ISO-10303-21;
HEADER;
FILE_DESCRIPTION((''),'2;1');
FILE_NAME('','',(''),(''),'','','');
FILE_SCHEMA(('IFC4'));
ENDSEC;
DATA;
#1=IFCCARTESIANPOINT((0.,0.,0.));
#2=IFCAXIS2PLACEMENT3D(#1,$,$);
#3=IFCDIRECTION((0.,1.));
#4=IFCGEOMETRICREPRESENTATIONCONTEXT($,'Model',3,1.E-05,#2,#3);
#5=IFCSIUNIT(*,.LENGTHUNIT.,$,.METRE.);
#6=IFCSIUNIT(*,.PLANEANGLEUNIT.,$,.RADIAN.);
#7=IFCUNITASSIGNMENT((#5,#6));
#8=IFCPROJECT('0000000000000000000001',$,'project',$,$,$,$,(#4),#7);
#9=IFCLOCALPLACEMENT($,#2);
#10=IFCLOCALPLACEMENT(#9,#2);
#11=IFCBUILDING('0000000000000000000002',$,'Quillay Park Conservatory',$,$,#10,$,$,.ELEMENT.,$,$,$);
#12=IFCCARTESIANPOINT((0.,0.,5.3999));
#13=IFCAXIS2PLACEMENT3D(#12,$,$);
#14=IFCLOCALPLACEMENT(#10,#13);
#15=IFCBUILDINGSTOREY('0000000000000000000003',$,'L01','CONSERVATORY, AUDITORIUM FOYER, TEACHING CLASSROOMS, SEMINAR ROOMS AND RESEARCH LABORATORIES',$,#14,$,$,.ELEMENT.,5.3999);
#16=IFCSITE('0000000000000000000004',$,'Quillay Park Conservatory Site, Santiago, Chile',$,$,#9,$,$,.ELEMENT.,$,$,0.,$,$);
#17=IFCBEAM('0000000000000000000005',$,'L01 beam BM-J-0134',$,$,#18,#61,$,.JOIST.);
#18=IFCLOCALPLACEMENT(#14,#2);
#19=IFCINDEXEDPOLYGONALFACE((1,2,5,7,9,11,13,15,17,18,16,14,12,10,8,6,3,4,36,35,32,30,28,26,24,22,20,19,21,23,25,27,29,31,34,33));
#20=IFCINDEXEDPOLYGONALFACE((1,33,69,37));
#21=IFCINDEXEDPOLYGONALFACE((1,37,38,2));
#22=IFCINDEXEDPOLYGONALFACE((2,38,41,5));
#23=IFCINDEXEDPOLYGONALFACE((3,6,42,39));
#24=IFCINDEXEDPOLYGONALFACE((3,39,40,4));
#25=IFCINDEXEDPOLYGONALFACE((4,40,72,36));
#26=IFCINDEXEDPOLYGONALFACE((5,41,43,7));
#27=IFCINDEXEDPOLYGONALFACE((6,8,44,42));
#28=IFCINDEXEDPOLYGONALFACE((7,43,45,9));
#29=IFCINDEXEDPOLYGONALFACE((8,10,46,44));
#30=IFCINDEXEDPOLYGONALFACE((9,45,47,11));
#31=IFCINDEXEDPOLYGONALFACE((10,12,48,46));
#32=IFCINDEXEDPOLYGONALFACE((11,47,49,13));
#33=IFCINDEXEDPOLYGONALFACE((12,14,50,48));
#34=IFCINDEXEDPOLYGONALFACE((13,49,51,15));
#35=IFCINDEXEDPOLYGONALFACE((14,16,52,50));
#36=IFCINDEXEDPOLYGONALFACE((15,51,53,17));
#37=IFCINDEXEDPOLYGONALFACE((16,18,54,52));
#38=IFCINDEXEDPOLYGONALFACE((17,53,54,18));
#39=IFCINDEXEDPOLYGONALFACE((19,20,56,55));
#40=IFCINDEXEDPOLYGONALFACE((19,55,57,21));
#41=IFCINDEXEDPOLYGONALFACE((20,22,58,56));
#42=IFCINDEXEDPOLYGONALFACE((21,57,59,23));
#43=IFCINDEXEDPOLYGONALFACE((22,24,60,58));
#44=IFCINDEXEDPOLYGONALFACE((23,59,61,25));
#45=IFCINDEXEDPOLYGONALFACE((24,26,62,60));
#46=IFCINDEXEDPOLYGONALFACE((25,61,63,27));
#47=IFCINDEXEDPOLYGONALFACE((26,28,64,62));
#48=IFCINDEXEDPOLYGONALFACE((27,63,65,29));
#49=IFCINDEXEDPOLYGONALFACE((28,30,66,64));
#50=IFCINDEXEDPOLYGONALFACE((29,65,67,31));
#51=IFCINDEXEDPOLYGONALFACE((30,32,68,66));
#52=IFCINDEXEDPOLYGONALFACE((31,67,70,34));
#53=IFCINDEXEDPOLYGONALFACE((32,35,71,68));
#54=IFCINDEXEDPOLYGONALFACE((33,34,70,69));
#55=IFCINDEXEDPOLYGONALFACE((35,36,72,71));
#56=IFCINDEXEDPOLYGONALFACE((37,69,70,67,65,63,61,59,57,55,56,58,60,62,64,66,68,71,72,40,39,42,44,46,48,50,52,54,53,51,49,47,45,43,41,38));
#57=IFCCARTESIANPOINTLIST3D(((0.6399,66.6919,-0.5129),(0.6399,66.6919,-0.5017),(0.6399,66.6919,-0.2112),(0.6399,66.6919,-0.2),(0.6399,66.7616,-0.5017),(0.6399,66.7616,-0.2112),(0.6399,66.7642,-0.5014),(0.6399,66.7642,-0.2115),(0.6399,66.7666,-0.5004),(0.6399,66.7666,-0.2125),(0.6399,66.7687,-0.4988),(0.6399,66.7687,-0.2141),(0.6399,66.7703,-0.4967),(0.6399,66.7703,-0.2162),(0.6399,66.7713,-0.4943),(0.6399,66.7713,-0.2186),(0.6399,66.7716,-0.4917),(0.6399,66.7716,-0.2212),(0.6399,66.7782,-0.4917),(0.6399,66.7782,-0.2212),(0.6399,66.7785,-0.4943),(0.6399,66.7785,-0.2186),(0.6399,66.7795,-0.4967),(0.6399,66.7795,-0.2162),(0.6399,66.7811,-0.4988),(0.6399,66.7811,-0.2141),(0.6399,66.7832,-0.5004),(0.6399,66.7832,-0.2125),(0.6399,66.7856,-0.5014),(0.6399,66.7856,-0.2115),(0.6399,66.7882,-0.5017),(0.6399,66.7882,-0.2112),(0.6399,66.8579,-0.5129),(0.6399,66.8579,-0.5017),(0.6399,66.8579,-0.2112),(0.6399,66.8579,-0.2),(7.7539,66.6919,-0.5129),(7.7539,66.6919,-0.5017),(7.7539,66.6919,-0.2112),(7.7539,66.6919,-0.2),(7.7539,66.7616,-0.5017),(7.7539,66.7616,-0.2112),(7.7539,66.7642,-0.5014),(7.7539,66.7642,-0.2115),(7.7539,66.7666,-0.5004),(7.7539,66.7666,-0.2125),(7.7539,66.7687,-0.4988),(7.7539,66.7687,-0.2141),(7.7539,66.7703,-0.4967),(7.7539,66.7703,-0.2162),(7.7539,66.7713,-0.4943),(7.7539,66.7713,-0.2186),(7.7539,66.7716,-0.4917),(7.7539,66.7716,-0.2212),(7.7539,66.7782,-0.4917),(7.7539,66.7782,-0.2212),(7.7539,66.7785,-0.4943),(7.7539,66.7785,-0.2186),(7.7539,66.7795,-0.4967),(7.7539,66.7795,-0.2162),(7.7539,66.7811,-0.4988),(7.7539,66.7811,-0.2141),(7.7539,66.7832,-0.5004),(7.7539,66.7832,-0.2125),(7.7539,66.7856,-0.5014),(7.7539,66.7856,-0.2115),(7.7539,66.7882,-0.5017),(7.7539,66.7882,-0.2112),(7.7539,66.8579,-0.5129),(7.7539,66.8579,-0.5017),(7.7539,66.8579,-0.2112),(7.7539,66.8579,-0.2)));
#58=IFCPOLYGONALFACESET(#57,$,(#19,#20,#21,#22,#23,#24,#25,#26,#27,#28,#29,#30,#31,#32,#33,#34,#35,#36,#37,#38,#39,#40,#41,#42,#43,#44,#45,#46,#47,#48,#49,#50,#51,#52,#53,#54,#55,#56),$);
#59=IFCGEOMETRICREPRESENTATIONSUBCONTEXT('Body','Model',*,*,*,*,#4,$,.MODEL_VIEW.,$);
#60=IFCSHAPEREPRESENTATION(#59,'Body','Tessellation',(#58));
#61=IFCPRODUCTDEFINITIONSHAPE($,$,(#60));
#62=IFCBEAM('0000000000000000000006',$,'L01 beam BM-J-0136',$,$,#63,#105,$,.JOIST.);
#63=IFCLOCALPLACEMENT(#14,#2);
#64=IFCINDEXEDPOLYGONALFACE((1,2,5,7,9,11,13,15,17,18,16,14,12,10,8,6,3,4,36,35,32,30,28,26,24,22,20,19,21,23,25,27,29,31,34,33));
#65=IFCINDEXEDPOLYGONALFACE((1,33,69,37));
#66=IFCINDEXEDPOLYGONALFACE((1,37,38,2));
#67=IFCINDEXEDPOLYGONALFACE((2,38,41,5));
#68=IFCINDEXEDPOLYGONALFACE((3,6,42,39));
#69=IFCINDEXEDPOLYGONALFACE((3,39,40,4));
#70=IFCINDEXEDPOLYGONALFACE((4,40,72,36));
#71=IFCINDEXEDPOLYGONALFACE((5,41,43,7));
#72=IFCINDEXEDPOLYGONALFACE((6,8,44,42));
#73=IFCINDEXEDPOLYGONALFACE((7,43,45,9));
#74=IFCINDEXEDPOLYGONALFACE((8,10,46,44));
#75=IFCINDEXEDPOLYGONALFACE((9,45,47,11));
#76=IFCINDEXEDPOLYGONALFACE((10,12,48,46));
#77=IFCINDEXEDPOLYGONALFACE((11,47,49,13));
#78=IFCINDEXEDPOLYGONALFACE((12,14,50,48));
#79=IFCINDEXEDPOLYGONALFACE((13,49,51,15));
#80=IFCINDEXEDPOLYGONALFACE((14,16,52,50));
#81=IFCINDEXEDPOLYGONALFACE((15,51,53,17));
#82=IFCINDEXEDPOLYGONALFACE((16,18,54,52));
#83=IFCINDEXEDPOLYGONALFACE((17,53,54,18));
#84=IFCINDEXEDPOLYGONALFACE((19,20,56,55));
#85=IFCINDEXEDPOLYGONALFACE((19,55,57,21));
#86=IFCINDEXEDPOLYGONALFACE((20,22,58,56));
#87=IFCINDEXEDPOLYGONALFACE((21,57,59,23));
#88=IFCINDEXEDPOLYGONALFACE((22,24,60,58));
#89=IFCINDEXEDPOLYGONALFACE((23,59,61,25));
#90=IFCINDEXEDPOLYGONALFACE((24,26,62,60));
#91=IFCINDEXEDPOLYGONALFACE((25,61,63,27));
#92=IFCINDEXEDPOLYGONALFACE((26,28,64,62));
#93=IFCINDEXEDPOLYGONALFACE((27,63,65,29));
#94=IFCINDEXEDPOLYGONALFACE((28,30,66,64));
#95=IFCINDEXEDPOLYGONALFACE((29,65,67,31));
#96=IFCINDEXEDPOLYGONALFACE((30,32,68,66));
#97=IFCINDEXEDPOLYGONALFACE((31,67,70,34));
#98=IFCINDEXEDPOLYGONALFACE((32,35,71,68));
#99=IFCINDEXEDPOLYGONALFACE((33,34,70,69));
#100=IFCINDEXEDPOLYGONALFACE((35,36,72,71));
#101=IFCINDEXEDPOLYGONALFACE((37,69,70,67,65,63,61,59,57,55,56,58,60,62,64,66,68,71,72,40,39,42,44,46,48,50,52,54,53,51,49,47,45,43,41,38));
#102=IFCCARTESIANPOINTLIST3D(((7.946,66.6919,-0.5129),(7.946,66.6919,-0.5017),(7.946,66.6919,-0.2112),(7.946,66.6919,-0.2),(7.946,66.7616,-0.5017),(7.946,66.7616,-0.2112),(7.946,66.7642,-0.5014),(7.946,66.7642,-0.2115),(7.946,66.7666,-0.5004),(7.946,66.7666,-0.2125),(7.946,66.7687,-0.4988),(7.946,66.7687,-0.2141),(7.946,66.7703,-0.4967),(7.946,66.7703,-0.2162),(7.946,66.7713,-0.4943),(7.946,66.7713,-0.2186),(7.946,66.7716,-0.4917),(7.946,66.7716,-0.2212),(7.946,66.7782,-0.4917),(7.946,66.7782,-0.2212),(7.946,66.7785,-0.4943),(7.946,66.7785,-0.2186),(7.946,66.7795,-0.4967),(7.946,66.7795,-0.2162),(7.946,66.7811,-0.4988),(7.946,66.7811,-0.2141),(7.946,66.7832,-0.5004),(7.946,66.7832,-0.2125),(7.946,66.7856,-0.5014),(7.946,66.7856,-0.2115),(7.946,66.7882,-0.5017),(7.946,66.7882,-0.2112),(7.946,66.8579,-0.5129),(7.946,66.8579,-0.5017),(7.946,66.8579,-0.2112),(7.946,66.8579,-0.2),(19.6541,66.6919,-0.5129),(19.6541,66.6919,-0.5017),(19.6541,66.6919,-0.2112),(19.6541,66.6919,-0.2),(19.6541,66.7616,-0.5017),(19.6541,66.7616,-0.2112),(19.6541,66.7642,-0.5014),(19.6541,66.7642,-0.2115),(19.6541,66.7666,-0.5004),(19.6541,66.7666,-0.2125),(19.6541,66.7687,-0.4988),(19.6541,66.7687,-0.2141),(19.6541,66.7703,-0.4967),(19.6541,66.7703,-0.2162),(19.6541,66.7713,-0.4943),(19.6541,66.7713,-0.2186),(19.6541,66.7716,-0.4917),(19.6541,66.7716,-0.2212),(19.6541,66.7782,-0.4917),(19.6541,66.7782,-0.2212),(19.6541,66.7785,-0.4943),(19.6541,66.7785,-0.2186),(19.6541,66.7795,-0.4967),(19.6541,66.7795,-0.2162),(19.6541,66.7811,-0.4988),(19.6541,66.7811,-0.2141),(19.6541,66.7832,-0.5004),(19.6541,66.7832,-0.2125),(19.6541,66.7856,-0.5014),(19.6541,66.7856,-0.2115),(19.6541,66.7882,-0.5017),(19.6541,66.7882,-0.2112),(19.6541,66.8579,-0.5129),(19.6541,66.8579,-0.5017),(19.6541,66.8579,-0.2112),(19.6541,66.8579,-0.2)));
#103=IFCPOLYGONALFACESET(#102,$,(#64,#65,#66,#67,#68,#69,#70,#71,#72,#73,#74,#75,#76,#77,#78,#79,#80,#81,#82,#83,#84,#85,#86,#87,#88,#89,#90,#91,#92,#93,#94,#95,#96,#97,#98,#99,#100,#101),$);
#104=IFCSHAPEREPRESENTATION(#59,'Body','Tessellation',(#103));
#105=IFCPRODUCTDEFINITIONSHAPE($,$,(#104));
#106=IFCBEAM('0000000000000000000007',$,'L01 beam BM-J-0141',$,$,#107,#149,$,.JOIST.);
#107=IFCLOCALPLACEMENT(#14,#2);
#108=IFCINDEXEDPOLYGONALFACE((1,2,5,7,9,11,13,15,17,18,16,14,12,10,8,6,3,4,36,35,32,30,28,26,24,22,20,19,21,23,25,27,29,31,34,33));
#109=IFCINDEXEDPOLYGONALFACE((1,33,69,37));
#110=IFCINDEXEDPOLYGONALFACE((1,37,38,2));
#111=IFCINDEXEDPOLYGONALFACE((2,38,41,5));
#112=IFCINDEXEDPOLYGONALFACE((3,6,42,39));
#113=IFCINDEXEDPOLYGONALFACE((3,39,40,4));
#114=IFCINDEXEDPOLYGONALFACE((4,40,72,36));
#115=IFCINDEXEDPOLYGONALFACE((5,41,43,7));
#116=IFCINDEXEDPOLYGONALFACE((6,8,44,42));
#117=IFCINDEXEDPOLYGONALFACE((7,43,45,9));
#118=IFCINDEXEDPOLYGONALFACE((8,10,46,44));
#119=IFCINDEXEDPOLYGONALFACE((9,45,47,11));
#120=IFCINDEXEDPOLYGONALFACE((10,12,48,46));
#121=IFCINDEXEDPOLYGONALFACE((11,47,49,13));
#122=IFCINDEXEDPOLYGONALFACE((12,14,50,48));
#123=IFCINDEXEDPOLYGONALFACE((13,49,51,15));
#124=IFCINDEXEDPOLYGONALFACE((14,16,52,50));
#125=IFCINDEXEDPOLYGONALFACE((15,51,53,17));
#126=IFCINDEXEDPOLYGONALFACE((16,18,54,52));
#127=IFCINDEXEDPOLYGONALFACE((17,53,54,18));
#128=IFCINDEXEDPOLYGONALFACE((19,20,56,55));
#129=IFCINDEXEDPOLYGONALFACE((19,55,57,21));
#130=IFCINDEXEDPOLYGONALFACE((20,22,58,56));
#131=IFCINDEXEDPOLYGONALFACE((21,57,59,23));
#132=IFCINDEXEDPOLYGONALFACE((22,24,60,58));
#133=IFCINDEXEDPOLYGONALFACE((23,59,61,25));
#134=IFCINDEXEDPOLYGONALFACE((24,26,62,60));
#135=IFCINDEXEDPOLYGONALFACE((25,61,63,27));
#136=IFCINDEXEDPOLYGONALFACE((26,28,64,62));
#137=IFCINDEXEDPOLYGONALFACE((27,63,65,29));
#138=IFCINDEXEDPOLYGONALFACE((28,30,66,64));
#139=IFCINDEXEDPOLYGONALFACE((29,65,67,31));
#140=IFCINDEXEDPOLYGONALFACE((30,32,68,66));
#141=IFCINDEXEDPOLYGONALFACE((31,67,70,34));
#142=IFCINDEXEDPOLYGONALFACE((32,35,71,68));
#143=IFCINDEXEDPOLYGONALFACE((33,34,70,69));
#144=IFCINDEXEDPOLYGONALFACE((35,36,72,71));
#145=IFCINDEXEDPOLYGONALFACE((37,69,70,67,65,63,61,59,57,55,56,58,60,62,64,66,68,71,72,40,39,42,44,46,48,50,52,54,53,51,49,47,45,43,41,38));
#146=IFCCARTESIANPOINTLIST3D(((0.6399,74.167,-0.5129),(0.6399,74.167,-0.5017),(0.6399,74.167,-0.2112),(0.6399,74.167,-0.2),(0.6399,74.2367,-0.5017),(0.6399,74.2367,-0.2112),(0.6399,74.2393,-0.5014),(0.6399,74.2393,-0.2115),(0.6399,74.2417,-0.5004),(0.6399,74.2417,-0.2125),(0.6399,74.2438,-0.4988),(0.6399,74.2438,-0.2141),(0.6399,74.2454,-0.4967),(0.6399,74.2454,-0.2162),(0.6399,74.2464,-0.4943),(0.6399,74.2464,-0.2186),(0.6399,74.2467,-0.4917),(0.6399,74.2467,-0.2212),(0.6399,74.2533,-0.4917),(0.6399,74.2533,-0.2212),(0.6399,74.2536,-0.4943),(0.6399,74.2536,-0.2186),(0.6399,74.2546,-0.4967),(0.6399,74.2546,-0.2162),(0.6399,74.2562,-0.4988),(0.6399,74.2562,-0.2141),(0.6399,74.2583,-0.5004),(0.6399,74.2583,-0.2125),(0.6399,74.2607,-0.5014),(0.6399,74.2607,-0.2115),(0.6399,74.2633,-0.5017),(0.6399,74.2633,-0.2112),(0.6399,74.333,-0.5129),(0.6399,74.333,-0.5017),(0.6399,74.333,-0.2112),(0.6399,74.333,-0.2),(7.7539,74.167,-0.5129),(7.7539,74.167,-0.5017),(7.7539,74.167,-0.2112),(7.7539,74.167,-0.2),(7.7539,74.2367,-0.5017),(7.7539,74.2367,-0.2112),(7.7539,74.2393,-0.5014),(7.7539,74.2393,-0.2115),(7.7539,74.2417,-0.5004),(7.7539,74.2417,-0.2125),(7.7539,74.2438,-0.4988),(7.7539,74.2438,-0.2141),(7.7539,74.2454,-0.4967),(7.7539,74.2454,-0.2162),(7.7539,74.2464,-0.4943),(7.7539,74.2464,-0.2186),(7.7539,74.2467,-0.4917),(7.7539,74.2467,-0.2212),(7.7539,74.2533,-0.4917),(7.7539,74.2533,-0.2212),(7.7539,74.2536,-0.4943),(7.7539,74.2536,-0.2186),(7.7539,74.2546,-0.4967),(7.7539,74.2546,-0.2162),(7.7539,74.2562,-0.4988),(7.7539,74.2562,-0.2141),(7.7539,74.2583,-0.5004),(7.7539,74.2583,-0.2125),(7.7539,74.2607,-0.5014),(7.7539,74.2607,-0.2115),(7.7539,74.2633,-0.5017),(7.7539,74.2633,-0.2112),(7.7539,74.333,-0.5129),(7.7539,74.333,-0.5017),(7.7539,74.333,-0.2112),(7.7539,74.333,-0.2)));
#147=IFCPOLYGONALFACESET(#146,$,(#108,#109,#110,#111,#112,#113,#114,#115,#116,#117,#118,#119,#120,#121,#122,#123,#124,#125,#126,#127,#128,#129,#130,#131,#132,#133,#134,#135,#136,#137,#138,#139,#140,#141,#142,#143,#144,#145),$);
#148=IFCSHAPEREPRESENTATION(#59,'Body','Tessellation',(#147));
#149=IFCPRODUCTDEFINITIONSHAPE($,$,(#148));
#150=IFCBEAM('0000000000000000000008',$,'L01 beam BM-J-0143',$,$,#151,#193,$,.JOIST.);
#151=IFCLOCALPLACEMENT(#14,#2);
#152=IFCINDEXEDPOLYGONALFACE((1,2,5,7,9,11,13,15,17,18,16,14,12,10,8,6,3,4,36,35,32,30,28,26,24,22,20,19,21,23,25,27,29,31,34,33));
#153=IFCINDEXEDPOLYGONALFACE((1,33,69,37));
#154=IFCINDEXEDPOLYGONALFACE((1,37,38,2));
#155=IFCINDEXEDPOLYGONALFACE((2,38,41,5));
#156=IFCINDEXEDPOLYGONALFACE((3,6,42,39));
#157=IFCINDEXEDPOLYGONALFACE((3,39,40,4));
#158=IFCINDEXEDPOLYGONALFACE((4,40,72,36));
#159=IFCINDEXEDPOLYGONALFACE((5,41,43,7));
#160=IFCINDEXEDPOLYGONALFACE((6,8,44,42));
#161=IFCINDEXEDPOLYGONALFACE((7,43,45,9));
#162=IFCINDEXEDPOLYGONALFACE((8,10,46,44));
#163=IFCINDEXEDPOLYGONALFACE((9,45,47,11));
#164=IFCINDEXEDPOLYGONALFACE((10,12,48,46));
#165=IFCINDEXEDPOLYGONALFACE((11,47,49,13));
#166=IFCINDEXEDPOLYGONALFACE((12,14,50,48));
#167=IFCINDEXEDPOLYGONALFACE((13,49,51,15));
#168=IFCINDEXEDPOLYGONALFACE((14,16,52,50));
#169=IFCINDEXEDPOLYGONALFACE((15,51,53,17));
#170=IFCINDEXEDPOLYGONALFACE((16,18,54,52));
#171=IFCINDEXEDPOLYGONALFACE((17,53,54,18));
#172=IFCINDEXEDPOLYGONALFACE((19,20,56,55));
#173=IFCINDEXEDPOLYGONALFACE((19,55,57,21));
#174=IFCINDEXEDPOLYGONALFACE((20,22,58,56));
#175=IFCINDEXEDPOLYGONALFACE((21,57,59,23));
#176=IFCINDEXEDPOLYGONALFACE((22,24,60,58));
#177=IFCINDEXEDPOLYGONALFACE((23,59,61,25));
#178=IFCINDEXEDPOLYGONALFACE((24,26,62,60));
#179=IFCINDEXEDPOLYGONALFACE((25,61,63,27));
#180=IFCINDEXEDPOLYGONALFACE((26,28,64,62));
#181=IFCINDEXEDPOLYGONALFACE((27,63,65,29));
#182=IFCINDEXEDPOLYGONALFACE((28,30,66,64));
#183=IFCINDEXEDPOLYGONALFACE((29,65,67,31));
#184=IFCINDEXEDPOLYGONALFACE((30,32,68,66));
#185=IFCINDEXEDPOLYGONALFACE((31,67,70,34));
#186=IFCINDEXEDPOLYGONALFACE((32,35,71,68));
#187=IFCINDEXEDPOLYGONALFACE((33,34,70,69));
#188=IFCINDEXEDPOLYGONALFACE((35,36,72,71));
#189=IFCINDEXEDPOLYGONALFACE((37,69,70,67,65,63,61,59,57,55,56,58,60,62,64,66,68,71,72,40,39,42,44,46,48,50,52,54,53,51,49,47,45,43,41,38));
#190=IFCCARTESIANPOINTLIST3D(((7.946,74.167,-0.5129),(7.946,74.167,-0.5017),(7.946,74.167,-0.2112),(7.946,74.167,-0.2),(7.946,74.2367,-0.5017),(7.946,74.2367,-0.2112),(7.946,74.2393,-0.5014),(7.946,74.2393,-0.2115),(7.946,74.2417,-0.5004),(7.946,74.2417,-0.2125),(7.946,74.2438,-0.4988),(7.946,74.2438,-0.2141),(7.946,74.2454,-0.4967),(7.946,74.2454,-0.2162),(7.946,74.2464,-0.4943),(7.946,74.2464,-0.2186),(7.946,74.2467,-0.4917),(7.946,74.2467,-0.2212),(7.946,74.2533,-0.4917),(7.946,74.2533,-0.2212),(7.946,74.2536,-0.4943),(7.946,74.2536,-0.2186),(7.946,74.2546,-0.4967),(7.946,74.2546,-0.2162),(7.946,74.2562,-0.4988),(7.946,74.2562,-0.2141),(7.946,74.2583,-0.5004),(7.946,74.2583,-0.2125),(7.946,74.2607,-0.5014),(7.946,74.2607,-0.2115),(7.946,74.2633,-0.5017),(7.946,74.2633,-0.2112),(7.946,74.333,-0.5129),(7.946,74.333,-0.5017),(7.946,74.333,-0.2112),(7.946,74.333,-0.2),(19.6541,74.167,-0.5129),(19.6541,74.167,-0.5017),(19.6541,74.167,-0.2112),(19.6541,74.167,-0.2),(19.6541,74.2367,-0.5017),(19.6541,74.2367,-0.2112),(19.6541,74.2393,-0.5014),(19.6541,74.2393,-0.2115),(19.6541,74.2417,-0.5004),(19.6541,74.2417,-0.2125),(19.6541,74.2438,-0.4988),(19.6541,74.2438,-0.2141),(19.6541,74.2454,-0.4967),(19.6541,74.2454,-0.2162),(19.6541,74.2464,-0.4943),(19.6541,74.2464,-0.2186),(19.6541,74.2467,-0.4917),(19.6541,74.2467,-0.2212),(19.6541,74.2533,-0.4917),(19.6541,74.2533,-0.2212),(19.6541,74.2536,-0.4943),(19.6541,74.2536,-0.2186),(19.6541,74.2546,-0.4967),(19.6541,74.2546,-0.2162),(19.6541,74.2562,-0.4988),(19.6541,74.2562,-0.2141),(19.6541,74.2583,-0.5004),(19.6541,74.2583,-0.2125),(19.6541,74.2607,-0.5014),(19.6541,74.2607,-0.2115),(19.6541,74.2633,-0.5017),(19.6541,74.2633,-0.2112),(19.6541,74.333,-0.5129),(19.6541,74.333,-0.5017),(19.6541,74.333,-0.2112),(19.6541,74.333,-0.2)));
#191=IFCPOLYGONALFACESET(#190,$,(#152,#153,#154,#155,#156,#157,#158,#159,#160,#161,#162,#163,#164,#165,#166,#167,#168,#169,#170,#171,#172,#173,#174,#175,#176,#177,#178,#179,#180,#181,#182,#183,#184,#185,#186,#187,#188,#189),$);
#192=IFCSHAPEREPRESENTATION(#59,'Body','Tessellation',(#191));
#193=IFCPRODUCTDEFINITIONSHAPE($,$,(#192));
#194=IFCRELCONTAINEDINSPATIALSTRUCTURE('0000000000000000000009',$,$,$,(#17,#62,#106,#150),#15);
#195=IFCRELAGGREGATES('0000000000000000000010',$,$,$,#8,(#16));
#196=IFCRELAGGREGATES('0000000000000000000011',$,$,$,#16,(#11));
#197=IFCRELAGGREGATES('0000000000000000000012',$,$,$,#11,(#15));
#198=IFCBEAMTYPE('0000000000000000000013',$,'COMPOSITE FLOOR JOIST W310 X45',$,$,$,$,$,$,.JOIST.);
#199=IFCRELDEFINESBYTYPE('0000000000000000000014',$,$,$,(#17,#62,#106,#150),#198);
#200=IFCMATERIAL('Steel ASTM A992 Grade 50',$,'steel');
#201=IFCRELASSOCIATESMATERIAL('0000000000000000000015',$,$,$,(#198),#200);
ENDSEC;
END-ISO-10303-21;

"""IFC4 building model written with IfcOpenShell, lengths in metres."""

from ifc_helpers import new_model, si_unit, direction, frame, origin, origin_2d, place, context, subcontext, project, spatial, i_section, extrude, material, material_profile, profile_set, type_object, element, save


model = new_model("IFC4")

# Units and contexts
model_context = context("Model", 3, precision=1e-05, world=origin(), true_north=direction((0.0, 1.0)))
body_context = subcontext(model_context, "Body", "Model", "MODEL_VIEW")
ifc_project = project(units=[si_unit("LENGTHUNIT", "METRE"), si_unit("PLANEANGLEUNIT", "RADIAN")], contexts=[model_context])

# Site, building, storey
site_placement = place(None, origin())
site = spatial("IfcSite", under=ifc_project, at=site_placement, Name="Quillay Park Conservatory Site, Santiago, Chile", CompositionType="ELEMENT", RefElevation=0.0)
building_placement = place(site_placement, origin())
building = spatial("IfcBuilding", under=site, at=building_placement, Name="Quillay Park Conservatory", CompositionType="ELEMENT")
storey_placement = place(building_placement, frame((0.0, 0.0, 5.3999)))
storey = spatial("IfcBuildingStorey", under=building, at=storey_placement, Name="L01", Description="CONSERVATORY, AUDITORIUM FOYER, TEACHING CLASSROOMS, SEMINAR ROOMS AND RESEARCH LABORATORIES", CompositionType="ELEMENT", Elevation=5.3999)

# Beams
ifc_material_1 = material(Name="Steel ASTM A992 Grade 50", Category="steel")
ifc_material_profile_1 = material_profile(ifc_material_1, i_section(OverallWidth=0.166, OverallDepth=0.313, WebThickness=0.0066, FlangeThickness=0.0112, FilletRadius=0.01, at=origin_2d()), Name="W310x45")
ifc_profile_set_1 = profile_set([ifc_material_profile_1], Name="Steel ASTM A992 Grade 50")
beam_type_1 = type_object("IfcBeamType", Name="COMPOSITE FLOOR JOIST W310 X45", PredefinedType="JOIST", material=ifc_profile_set_1)
beam_1_placement = place(storey_placement, frame((0.6399, 66.7749, -0.3564), z_axis=(1.0, 0.0, 0.0), x_axis=(0.0, 1.0, 0.0)))
element("IfcBeam", 1, at=beam_1_placement, inside=storey, type_object=beam_type_1, Name="L01 beam BM-J-0134", PredefinedType="JOIST", context=body_context, shape_type="SweptSolid", body=[
    extrude(i_section(OverallWidth=0.166, OverallDepth=0.313, WebThickness=0.0066, FlangeThickness=0.0112, FilletRadius=0.01, at=origin_2d()), origin(), (0.0, 0.0, 1.0), 7.114),
])
beam_2_placement = place(storey_placement, frame((7.946, 66.7749, -0.3564), z_axis=(1.0, 0.0, 0.0), x_axis=(0.0, 1.0, 0.0)))
element("IfcBeam", 2, at=beam_2_placement, inside=storey, type_object=beam_type_1, Name="L01 beam BM-J-0136", PredefinedType="JOIST", context=body_context, shape_type="SweptSolid", body=[
    extrude(i_section(OverallWidth=0.166, OverallDepth=0.313, WebThickness=0.0066, FlangeThickness=0.0112, FilletRadius=0.01, at=origin_2d()), origin(), (0.0, 0.0, 1.0), 11.708),
])
beam_3_placement = place(storey_placement, frame((0.6399, 74.25, -0.3564), z_axis=(1.0, 0.0, 0.0), x_axis=(0.0, 1.0, 0.0)))
element("IfcBeam", 3, at=beam_3_placement, inside=storey, type_object=beam_type_1, Name="L01 beam BM-J-0141", PredefinedType="JOIST", context=body_context, shape_type="SweptSolid", body=[
    extrude(i_section(OverallWidth=0.166, OverallDepth=0.313, WebThickness=0.0066, FlangeThickness=0.0112, FilletRadius=0.01, at=origin_2d()), origin(), (0.0, 0.0, 1.0), 7.114),
])
beam_4_placement = place(storey_placement, frame((7.946, 74.25, -0.3564), z_axis=(1.0, 0.0, 0.0), x_axis=(0.0, 1.0, 0.0)))
element("IfcBeam", 4, at=beam_4_placement, inside=storey, type_object=beam_type_1, Name="L01 beam BM-J-0143", PredefinedType="JOIST", context=body_context, shape_type="SweptSolid", body=[
    extrude(i_section(OverallWidth=0.166, OverallDepth=0.313, WebThickness=0.0066, FlangeThickness=0.0112, FilletRadius=0.01, at=origin_2d()), origin(), (0.0, 0.0, 1.0), 11.708),
])

save(model, "model.ifc")
